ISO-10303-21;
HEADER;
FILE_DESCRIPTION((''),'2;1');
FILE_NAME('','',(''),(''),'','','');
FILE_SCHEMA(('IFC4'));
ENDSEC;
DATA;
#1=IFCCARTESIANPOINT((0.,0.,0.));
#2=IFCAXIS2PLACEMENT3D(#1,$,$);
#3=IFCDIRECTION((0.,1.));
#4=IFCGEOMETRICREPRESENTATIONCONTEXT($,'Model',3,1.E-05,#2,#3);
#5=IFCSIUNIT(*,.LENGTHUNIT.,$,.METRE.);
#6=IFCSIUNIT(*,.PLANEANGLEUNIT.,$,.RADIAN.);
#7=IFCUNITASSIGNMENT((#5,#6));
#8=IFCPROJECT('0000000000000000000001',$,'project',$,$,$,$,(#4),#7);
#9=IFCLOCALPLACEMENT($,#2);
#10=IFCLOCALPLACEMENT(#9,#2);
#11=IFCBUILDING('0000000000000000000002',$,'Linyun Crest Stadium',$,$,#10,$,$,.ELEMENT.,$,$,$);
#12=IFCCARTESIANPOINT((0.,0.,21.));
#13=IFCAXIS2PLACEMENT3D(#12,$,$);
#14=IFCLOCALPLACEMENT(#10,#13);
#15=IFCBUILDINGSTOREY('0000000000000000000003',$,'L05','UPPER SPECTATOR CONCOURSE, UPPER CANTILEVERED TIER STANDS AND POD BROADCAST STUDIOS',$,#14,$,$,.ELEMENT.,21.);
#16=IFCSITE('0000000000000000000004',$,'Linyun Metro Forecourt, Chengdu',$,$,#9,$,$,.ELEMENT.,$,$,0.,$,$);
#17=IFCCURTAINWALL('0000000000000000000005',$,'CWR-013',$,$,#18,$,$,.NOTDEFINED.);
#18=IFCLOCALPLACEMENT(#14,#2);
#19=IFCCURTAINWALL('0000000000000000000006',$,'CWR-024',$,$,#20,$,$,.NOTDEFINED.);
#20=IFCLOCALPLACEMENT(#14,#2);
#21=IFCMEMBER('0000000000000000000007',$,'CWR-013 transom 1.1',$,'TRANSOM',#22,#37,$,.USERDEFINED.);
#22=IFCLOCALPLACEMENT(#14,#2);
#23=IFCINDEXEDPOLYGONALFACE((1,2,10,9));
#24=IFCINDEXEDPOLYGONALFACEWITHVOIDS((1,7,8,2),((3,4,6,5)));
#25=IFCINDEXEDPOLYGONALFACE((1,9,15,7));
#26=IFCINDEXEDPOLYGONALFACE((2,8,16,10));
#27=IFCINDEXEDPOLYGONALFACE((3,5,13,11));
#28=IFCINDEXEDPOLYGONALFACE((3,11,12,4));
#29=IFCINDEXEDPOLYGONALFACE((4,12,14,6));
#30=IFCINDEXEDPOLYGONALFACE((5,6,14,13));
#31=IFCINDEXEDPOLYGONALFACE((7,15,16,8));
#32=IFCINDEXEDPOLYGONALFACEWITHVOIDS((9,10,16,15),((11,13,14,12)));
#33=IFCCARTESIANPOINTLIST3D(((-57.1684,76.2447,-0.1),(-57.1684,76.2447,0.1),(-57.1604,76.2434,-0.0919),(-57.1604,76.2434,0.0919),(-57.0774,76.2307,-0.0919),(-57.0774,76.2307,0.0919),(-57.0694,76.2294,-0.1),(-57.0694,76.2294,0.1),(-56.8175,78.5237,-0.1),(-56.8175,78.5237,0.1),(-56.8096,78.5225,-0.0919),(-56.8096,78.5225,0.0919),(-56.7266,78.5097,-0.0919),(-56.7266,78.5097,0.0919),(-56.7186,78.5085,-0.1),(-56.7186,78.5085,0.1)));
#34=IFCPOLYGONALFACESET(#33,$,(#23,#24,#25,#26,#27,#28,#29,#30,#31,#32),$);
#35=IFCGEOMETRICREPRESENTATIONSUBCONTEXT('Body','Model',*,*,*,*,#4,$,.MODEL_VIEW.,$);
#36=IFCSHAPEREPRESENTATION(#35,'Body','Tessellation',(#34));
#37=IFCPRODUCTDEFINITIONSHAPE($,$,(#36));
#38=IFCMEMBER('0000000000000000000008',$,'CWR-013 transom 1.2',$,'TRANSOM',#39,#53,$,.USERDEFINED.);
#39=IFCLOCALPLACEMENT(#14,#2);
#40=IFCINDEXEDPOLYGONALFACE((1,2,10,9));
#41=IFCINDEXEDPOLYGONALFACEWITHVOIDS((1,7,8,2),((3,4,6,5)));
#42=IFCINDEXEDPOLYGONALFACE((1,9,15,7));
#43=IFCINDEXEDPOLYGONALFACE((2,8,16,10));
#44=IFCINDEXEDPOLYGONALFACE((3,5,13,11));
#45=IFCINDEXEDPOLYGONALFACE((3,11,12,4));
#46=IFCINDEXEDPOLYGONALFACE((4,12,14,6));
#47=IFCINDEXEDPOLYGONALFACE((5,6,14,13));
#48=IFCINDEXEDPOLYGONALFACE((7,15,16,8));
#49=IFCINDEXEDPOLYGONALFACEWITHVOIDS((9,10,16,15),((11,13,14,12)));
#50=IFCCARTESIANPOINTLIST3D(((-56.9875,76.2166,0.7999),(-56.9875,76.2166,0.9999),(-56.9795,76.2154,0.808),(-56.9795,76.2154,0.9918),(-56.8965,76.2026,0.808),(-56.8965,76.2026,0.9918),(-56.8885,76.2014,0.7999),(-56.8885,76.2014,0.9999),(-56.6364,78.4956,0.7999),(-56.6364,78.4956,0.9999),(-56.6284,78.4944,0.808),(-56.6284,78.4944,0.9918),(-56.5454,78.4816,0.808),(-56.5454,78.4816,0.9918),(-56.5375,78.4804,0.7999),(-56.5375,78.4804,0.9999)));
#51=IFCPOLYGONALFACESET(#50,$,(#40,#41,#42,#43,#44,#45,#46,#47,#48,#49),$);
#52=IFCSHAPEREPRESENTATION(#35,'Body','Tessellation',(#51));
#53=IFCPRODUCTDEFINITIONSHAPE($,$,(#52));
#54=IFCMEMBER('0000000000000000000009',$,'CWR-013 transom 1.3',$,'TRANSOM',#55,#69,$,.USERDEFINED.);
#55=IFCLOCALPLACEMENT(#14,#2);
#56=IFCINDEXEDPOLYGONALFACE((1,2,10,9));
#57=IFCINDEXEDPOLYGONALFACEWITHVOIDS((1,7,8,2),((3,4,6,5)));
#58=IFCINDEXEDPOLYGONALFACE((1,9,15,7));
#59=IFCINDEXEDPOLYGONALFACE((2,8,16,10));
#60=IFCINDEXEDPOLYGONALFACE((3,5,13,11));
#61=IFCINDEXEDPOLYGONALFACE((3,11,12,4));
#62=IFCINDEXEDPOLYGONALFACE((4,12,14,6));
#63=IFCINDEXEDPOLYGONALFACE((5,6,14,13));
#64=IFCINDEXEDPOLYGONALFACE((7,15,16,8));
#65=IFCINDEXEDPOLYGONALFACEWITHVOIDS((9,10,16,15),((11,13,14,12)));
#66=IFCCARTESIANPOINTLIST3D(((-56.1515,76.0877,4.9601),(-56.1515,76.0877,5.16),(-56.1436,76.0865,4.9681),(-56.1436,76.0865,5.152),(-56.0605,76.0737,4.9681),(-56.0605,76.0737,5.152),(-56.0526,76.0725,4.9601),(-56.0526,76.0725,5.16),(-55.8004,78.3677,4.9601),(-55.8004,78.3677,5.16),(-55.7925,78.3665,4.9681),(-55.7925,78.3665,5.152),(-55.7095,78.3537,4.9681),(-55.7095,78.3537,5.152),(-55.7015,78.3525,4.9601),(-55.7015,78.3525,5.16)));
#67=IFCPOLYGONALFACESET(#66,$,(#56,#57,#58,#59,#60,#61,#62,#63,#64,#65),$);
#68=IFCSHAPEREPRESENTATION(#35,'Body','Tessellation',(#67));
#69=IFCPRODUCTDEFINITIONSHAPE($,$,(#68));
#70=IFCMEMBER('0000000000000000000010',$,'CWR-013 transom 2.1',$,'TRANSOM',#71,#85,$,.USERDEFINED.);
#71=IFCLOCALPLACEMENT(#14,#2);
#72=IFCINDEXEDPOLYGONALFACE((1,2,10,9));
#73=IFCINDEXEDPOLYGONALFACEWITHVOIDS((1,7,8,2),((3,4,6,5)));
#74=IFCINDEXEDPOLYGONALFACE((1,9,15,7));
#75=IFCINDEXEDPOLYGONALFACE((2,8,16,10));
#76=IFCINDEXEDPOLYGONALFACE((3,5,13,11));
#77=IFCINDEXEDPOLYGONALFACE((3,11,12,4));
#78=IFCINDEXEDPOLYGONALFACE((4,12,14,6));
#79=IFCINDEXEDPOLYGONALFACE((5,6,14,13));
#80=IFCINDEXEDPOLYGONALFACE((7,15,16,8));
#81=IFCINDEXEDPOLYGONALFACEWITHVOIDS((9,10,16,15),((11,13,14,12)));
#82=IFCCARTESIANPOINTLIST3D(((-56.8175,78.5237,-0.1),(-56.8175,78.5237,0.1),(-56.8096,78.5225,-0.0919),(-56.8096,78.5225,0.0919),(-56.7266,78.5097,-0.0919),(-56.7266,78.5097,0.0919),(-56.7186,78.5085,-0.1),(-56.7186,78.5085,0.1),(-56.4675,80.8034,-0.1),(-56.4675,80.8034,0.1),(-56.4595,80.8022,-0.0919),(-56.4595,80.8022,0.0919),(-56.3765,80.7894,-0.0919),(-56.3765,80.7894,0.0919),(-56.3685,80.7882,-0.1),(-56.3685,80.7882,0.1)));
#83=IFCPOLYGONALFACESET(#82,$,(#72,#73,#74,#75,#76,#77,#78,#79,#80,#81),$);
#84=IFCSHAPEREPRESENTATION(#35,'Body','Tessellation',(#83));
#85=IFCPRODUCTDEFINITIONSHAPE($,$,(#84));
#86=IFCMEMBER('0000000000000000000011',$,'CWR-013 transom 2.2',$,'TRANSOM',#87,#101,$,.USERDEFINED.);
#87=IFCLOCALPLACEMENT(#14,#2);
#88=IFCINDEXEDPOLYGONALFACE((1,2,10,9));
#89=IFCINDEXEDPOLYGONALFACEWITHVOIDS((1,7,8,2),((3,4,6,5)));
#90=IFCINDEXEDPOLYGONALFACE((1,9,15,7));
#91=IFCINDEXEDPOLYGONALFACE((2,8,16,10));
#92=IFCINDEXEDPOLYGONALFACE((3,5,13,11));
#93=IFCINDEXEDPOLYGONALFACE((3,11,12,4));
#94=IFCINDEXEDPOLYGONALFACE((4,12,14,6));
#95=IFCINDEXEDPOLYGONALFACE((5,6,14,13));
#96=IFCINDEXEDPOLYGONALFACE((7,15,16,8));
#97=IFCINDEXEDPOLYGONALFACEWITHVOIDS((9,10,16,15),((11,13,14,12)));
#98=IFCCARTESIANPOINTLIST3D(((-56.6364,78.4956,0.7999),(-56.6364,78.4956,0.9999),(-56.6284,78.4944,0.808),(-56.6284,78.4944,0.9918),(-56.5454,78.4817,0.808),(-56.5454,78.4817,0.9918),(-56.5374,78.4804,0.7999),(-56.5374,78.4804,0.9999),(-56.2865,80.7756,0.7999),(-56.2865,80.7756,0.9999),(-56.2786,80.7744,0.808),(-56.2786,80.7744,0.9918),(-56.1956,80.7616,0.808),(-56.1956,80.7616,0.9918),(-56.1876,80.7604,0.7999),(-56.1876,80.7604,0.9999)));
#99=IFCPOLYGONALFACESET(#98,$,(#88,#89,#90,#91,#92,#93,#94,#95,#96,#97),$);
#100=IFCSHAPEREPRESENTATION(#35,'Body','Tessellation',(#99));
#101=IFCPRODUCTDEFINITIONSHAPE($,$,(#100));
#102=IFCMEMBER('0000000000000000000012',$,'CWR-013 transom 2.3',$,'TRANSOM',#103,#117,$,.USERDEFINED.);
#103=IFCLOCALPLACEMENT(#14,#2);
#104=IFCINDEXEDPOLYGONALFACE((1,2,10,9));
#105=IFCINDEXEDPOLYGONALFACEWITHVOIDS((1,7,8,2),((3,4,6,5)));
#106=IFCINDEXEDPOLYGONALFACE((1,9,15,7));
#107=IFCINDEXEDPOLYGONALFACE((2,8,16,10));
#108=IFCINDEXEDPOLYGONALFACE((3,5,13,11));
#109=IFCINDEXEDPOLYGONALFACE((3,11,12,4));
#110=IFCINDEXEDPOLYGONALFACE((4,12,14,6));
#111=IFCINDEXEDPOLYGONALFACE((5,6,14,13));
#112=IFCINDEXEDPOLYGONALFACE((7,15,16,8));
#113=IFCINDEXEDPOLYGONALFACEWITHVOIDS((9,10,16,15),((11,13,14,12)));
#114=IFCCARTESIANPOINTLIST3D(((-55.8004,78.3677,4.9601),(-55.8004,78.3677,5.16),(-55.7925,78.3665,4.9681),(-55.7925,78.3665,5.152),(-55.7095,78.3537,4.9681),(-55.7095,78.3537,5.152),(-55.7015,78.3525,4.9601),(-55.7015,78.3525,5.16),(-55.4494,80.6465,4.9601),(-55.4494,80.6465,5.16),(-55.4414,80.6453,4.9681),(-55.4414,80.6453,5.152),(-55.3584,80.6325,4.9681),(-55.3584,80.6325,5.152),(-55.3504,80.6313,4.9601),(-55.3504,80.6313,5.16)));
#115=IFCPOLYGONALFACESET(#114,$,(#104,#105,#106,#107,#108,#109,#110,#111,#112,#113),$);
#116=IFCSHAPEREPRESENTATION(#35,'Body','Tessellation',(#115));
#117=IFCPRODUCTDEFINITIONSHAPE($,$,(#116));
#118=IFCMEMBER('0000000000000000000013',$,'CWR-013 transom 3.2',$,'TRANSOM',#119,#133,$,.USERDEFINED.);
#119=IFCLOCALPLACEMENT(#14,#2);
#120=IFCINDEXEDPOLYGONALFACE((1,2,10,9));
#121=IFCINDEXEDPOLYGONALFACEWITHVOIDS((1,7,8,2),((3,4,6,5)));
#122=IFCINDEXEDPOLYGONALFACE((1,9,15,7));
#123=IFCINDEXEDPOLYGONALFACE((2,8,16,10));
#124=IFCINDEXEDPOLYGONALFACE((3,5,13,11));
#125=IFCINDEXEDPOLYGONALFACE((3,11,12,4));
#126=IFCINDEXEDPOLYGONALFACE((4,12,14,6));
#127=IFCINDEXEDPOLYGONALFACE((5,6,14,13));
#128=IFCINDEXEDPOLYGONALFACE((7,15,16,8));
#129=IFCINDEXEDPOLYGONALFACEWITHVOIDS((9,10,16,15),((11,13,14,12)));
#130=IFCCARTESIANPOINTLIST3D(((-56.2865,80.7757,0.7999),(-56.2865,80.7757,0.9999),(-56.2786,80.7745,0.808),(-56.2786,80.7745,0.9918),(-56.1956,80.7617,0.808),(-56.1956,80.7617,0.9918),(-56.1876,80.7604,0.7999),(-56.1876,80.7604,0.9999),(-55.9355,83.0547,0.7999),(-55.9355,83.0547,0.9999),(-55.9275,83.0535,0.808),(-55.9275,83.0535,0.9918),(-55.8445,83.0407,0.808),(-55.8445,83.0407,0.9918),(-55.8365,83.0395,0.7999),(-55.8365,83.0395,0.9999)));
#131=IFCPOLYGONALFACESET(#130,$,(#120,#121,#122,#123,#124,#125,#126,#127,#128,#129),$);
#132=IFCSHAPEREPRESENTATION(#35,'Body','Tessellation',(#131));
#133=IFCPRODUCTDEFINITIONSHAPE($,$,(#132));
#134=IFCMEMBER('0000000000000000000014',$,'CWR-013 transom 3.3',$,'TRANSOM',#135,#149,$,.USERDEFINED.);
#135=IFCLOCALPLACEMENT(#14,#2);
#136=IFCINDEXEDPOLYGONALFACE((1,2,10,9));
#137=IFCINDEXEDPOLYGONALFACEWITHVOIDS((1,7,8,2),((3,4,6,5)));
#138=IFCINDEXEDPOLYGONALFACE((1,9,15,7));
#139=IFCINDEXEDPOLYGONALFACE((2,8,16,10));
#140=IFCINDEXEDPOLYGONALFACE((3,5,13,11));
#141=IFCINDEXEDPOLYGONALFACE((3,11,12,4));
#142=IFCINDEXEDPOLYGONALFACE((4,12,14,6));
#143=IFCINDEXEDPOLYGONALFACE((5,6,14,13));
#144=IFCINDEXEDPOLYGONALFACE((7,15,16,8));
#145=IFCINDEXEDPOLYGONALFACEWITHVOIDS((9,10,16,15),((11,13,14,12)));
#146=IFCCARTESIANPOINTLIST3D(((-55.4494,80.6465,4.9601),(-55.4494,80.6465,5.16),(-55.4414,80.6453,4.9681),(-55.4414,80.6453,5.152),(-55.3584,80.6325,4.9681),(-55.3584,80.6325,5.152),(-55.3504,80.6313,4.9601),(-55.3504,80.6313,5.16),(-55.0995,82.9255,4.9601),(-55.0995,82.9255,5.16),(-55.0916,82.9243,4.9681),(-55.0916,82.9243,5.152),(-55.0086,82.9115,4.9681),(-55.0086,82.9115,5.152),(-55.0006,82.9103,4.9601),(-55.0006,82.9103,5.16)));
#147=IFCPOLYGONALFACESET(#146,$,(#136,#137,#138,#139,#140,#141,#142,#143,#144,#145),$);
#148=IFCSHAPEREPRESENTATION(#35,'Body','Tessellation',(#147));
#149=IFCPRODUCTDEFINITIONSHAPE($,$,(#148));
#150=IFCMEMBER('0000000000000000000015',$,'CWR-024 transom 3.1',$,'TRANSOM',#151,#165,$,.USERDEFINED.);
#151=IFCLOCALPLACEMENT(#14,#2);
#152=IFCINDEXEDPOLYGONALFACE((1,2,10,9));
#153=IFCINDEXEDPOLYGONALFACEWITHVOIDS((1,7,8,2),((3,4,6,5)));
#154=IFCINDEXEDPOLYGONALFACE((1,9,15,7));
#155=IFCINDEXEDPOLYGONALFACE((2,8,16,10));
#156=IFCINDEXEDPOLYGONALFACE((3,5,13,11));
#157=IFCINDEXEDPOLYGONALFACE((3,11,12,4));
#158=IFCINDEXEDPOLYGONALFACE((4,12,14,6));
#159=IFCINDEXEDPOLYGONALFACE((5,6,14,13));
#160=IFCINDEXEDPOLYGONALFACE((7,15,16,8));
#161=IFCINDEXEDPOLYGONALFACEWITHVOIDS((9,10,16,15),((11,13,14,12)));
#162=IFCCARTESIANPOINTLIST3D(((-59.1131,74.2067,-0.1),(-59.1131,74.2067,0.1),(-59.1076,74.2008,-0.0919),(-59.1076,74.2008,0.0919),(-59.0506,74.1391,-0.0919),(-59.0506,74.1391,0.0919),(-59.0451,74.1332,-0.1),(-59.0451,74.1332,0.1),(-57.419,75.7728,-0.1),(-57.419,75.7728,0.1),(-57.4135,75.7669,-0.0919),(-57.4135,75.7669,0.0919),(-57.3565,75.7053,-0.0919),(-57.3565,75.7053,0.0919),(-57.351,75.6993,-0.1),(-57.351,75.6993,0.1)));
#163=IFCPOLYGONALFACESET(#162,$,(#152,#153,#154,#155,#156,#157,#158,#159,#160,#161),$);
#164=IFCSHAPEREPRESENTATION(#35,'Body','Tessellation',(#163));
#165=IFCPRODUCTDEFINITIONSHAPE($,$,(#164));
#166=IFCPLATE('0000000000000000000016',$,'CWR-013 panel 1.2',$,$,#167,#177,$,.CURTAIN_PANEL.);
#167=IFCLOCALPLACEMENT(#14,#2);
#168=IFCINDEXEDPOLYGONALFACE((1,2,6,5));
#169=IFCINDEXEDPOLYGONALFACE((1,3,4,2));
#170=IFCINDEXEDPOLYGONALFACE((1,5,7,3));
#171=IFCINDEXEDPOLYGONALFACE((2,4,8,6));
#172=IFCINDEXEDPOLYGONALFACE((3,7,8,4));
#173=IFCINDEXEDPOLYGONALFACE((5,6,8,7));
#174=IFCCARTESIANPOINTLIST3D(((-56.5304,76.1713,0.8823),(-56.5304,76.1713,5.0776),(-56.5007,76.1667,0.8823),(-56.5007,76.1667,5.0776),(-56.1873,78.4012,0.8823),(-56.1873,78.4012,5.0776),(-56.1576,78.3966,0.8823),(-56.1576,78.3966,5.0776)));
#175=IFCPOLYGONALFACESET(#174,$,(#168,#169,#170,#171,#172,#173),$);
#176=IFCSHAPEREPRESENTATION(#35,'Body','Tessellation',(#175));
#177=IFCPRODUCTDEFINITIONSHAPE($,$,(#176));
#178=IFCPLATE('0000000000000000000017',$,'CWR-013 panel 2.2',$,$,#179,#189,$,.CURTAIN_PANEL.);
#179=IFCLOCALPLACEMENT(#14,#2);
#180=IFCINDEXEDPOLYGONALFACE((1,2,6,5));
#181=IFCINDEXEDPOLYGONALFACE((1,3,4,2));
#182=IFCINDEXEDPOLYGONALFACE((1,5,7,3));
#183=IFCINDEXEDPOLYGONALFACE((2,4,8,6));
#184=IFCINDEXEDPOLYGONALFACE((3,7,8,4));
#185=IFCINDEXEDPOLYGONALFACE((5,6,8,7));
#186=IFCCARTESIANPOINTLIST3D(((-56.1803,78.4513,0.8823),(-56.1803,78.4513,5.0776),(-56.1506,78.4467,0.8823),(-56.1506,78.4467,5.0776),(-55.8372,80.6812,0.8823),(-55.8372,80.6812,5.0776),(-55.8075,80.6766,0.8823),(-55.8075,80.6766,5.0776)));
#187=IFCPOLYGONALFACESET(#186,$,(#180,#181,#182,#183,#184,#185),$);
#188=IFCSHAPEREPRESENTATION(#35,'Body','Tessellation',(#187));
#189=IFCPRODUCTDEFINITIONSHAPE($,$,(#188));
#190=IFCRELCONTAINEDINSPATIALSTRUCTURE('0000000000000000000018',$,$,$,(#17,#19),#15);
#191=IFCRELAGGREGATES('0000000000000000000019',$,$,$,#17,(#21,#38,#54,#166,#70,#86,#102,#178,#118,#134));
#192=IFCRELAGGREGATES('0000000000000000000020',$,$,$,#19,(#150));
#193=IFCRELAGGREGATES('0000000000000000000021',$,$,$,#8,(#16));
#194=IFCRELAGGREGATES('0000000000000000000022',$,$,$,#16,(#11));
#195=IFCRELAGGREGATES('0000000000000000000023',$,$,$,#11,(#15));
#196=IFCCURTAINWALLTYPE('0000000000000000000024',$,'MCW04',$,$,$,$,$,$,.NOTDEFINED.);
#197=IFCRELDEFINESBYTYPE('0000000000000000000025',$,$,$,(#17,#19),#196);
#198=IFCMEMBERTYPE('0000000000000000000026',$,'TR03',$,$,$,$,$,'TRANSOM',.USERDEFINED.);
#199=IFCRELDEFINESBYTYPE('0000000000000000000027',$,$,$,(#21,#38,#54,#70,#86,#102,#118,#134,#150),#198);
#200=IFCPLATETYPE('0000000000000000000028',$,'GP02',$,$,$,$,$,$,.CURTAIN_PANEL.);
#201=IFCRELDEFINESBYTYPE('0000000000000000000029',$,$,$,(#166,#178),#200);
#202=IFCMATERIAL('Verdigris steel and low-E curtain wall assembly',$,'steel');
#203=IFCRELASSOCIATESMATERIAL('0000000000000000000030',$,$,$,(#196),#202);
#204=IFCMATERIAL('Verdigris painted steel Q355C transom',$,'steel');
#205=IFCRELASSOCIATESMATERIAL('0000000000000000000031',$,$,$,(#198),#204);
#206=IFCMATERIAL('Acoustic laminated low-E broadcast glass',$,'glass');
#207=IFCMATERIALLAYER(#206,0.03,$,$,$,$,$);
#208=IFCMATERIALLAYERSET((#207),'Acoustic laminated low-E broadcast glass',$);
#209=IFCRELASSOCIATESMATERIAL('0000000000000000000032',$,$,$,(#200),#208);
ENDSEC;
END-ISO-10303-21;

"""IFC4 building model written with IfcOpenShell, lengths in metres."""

from ifc_helpers import new_model, si_unit, direction, frame, origin, origin_2d, place, context, subcontext, project, spatial, rectangle, hollow_rectangle, extrude, material, layer, layer_set, material_profile, profile_set, type_object, element, aggregate, save


model = new_model("IFC4")

# Units and contexts
model_context = context("Model", 3, precision=1e-05, world=origin(), true_north=direction((0.0, 1.0)))
body_context = subcontext(model_context, "Body", "Model", "MODEL_VIEW")
ifc_project = project(units=[si_unit("LENGTHUNIT", "METRE"), si_unit("PLANEANGLEUNIT", "RADIAN")], contexts=[model_context])

# Site, building, storey
site_placement = place(None, origin())
site = spatial("IfcSite", under=ifc_project, at=site_placement, Name="Linyun Metro Forecourt, Chengdu", CompositionType="ELEMENT", RefElevation=0.0)
building_placement = place(site_placement, origin())
building = spatial("IfcBuilding", under=site, at=building_placement, Name="Linyun Crest Stadium", CompositionType="ELEMENT")
storey_placement = place(building_placement, frame((0.0, 0.0, 21.0)))
storey = spatial("IfcBuildingStorey", under=building, at=storey_placement, Name="L05", Description="UPPER SPECTATOR CONCOURSE, UPPER CANTILEVERED TIER STANDS AND POD BROADCAST STUDIOS", CompositionType="ELEMENT", Elevation=21.0)

# Curtain wall
ifc_material_1 = material(Name="Verdigris steel and low-E curtain wall assembly", Category="steel")
curtain_wall_type = type_object("IfcCurtainWallType", Name="MCW04", PredefinedType="NOTDEFINED", material=ifc_material_1)
curtain_wall_1_placement = place(storey_placement, origin())
curtain_wall_1 = element("IfcCurtainWall", 1, at=curtain_wall_1_placement, inside=storey, type_object=curtain_wall_type, Name="CWR-013", PredefinedType="NOTDEFINED")

# Curtain wall
curtain_wall_2_placement = place(storey_placement, origin())
curtain_wall_2 = element("IfcCurtainWall", 2, at=curtain_wall_2_placement, inside=storey, type_object=curtain_wall_type, Name="CWR-024", PredefinedType="NOTDEFINED")

# Members
ifc_material_2 = material(Name="Verdigris painted steel Q355C transom", Category="steel")
ifc_material_profile_1 = material_profile(ifc_material_2, hollow_rectangle(XDim=0.1001, YDim=0.2, WallThickness=0.0081, at=origin_2d()), Name="RHS 200x100x8")
ifc_profile_set_1 = profile_set([ifc_material_profile_1], Name="Verdigris painted steel Q355C transom")
member_type_1 = type_object("IfcMemberType", Name="TR03", ElementType="TRANSOM", PredefinedType="USERDEFINED", material=ifc_profile_set_1)
member_1_placement = place(storey_placement, frame((-57.1189, 76.2371, 0.0), z_axis=(0.152145, 0.988358, 0.0), x_axis=(-0.988358, 0.152145, 0.0)))
member_1 = element("IfcMember", 3, at=member_1_placement, type_object=member_type_1, Name="CWR-013 transom 1.1", ObjectType="TRANSOM", PredefinedType="USERDEFINED", context=body_context, shape_type="SweptSolid", body=[
    extrude(hollow_rectangle(XDim=0.1001, YDim=0.2, WallThickness=0.0081, at=origin_2d()), origin(), (0.0, 0.0, 1.0), 2.3059),
])
member_2_placement = place(storey_placement, frame((-56.938, 76.209, 0.8999), z_axis=(0.152248, 0.988342, 0.0), x_axis=(-0.988342, 0.152248, 0.0)))
member_2 = element("IfcMember", 4, at=member_2_placement, type_object=member_type_1, Name="CWR-013 transom 1.2", ObjectType="TRANSOM", PredefinedType="USERDEFINED", context=body_context, shape_type="SweptSolid", body=[
    extrude(hollow_rectangle(XDim=0.1001, YDim=0.2, WallThickness=0.0081, at=origin_2d()), origin(), (0.0, 0.0, 1.0), 2.3059),
])
member_3_placement = place(storey_placement, frame((-56.1021, 76.0801, 5.0601), z_axis=(0.152184, 0.988352, 0.0), x_axis=(-0.988352, 0.152184, 0.0)))
member_3 = element("IfcMember", 5, at=member_3_placement, type_object=member_type_1, Name="CWR-013 transom 1.3", ObjectType="TRANSOM", PredefinedType="USERDEFINED", context=body_context, shape_type="SweptSolid", body=[
    extrude(hollow_rectangle(XDim=0.1001, YDim=0.2, WallThickness=0.0081, at=origin_2d()), origin(), (0.0, 0.0, 1.0), 2.3069),
])
member_4_placement = place(storey_placement, frame((-56.7681, 78.5161, 0.0), z_axis=(0.151787, 0.988413, 0.0), x_axis=(-0.988413, 0.151787, 0.0)))
member_4 = element("IfcMember", 6, at=member_4_placement, type_object=member_type_1, Name="CWR-013 transom 2.1", ObjectType="TRANSOM", PredefinedType="USERDEFINED", context=body_context, shape_type="SweptSolid", body=[
    extrude(hollow_rectangle(XDim=0.1001, YDim=0.2, WallThickness=0.0081, at=origin_2d()), origin(), (0.0, 0.0, 1.0), 2.3064),
])
member_5_placement = place(storey_placement, frame((-56.5869, 78.488, 0.8999), z_axis=(0.151667, 0.988432, 0.0), x_axis=(-0.988432, 0.151667, 0.0)))
member_5 = element("IfcMember", 7, at=member_5_placement, type_object=member_type_1, Name="CWR-013 transom 2.2", ObjectType="TRANSOM", PredefinedType="USERDEFINED", context=body_context, shape_type="SweptSolid", body=[
    extrude(hollow_rectangle(XDim=0.1001, YDim=0.2, WallThickness=0.0081, at=origin_2d()), origin(), (0.0, 0.0, 1.0), 2.3066),
])
member_6_placement = place(storey_placement, frame((-55.751, 78.3601, 5.0601), z_axis=(0.152264, 0.98834, 0.0), x_axis=(-0.98834, 0.152264, 0.0)))
member_6 = element("IfcMember", 8, at=member_6_placement, type_object=member_type_1, Name="CWR-013 transom 2.3", ObjectType="TRANSOM", PredefinedType="USERDEFINED", context=body_context, shape_type="SweptSolid", body=[
    extrude(hollow_rectangle(XDim=0.1001, YDim=0.2, WallThickness=0.0081, at=origin_2d()), origin(), (0.0, 0.0, 1.0), 2.3057),
])
member_7_placement = place(storey_placement, frame((-56.2371, 80.7681, 0.8999), z_axis=(0.152248, 0.988342, 0.0), x_axis=(-0.988342, 0.152248, 0.0)))
member_7 = element("IfcMember", 9, at=member_7_placement, type_object=member_type_1, Name="CWR-013 transom 3.2", ObjectType="TRANSOM", PredefinedType="USERDEFINED", context=body_context, shape_type="SweptSolid", body=[
    extrude(hollow_rectangle(XDim=0.1001, YDim=0.2, WallThickness=0.0081, at=origin_2d()), origin(), (0.0, 0.0, 1.0), 2.3059),
])
member_8_placement = place(storey_placement, frame((-55.3999, 80.6389, 5.0601), z_axis=(0.151731, 0.988422, 0.0), x_axis=(-0.988422, 0.151731, 0.0)))
member_8 = element("IfcMember", 10, at=member_8_placement, type_object=member_type_1, Name="CWR-013 transom 3.3", ObjectType="TRANSOM", PredefinedType="USERDEFINED", context=body_context, shape_type="SweptSolid", body=[
    extrude(hollow_rectangle(XDim=0.1001, YDim=0.2, WallThickness=0.0081, at=origin_2d()), origin(), (0.0, 0.0, 1.0), 2.3057),
])
member_9_placement = place(storey_placement, frame((-59.0791, 74.1699, 0.0), z_axis=(0.734288, 0.678838, 0.0), x_axis=(-0.678838, 0.734288, 0.0)))
member_9 = element("IfcMember", 11, at=member_9_placement, type_object=member_type_1, Name="CWR-024 transom 3.1", ObjectType="TRANSOM", PredefinedType="USERDEFINED", context=body_context, shape_type="SweptSolid", body=[
    extrude(hollow_rectangle(XDim=0.1001, YDim=0.2, WallThickness=0.0081, at=origin_2d()), origin(), (0.0, 0.0, 1.0), 2.3071),
])

# Plates
ifc_material_3 = material(Name="Acoustic laminated low-E broadcast glass", Category="glass")
ifc_layer_1 = layer(ifc_material_3, 0.03)
ifc_layer_set_1 = layer_set([ifc_layer_1], Name="Acoustic laminated low-E broadcast glass")
plate_type_1 = type_object("IfcPlateType", Name="GP02", PredefinedType="CURTAIN_PANEL", material=ifc_layer_set_1)
plate_1_placement = place(storey_placement, frame((-56.344, 77.2839, 0.8823), z_axis=(0.0, 0.0, 1.0), x_axis=(0.152054, 0.988372, 0.0)))
plate_1 = element("IfcPlate", 12, at=plate_1_placement, type_object=plate_type_1, Name="CWR-013 panel 1.2", PredefinedType="CURTAIN_PANEL", context=body_context, shape_type="SweptSolid", body=[
    extrude(rectangle(XDim=2.2561, YDim=0.03, at=origin_2d()), origin(), (0.0, 0.0, 1.0), 4.1953),
])
plate_2_placement = place(storey_placement, frame((-55.9939, 79.564, 0.8823), z_axis=(0.0, 0.0, 1.0), x_axis=(0.152054, 0.988372, 0.0)))
plate_2 = element("IfcPlate", 13, at=plate_2_placement, type_object=plate_type_1, Name="CWR-013 panel 2.2", PredefinedType="CURTAIN_PANEL", context=body_context, shape_type="SweptSolid", body=[
    extrude(rectangle(XDim=2.2561, YDim=0.03, at=origin_2d()), origin(), (0.0, 0.0, 1.0), 4.1953),
])
aggregate(curtain_wall_1, [member_1, member_2, member_3, plate_1, member_4, member_5, member_6, plate_2, member_7, member_8])
aggregate(curtain_wall_2, [member_9])

save(model, "model.ifc")
